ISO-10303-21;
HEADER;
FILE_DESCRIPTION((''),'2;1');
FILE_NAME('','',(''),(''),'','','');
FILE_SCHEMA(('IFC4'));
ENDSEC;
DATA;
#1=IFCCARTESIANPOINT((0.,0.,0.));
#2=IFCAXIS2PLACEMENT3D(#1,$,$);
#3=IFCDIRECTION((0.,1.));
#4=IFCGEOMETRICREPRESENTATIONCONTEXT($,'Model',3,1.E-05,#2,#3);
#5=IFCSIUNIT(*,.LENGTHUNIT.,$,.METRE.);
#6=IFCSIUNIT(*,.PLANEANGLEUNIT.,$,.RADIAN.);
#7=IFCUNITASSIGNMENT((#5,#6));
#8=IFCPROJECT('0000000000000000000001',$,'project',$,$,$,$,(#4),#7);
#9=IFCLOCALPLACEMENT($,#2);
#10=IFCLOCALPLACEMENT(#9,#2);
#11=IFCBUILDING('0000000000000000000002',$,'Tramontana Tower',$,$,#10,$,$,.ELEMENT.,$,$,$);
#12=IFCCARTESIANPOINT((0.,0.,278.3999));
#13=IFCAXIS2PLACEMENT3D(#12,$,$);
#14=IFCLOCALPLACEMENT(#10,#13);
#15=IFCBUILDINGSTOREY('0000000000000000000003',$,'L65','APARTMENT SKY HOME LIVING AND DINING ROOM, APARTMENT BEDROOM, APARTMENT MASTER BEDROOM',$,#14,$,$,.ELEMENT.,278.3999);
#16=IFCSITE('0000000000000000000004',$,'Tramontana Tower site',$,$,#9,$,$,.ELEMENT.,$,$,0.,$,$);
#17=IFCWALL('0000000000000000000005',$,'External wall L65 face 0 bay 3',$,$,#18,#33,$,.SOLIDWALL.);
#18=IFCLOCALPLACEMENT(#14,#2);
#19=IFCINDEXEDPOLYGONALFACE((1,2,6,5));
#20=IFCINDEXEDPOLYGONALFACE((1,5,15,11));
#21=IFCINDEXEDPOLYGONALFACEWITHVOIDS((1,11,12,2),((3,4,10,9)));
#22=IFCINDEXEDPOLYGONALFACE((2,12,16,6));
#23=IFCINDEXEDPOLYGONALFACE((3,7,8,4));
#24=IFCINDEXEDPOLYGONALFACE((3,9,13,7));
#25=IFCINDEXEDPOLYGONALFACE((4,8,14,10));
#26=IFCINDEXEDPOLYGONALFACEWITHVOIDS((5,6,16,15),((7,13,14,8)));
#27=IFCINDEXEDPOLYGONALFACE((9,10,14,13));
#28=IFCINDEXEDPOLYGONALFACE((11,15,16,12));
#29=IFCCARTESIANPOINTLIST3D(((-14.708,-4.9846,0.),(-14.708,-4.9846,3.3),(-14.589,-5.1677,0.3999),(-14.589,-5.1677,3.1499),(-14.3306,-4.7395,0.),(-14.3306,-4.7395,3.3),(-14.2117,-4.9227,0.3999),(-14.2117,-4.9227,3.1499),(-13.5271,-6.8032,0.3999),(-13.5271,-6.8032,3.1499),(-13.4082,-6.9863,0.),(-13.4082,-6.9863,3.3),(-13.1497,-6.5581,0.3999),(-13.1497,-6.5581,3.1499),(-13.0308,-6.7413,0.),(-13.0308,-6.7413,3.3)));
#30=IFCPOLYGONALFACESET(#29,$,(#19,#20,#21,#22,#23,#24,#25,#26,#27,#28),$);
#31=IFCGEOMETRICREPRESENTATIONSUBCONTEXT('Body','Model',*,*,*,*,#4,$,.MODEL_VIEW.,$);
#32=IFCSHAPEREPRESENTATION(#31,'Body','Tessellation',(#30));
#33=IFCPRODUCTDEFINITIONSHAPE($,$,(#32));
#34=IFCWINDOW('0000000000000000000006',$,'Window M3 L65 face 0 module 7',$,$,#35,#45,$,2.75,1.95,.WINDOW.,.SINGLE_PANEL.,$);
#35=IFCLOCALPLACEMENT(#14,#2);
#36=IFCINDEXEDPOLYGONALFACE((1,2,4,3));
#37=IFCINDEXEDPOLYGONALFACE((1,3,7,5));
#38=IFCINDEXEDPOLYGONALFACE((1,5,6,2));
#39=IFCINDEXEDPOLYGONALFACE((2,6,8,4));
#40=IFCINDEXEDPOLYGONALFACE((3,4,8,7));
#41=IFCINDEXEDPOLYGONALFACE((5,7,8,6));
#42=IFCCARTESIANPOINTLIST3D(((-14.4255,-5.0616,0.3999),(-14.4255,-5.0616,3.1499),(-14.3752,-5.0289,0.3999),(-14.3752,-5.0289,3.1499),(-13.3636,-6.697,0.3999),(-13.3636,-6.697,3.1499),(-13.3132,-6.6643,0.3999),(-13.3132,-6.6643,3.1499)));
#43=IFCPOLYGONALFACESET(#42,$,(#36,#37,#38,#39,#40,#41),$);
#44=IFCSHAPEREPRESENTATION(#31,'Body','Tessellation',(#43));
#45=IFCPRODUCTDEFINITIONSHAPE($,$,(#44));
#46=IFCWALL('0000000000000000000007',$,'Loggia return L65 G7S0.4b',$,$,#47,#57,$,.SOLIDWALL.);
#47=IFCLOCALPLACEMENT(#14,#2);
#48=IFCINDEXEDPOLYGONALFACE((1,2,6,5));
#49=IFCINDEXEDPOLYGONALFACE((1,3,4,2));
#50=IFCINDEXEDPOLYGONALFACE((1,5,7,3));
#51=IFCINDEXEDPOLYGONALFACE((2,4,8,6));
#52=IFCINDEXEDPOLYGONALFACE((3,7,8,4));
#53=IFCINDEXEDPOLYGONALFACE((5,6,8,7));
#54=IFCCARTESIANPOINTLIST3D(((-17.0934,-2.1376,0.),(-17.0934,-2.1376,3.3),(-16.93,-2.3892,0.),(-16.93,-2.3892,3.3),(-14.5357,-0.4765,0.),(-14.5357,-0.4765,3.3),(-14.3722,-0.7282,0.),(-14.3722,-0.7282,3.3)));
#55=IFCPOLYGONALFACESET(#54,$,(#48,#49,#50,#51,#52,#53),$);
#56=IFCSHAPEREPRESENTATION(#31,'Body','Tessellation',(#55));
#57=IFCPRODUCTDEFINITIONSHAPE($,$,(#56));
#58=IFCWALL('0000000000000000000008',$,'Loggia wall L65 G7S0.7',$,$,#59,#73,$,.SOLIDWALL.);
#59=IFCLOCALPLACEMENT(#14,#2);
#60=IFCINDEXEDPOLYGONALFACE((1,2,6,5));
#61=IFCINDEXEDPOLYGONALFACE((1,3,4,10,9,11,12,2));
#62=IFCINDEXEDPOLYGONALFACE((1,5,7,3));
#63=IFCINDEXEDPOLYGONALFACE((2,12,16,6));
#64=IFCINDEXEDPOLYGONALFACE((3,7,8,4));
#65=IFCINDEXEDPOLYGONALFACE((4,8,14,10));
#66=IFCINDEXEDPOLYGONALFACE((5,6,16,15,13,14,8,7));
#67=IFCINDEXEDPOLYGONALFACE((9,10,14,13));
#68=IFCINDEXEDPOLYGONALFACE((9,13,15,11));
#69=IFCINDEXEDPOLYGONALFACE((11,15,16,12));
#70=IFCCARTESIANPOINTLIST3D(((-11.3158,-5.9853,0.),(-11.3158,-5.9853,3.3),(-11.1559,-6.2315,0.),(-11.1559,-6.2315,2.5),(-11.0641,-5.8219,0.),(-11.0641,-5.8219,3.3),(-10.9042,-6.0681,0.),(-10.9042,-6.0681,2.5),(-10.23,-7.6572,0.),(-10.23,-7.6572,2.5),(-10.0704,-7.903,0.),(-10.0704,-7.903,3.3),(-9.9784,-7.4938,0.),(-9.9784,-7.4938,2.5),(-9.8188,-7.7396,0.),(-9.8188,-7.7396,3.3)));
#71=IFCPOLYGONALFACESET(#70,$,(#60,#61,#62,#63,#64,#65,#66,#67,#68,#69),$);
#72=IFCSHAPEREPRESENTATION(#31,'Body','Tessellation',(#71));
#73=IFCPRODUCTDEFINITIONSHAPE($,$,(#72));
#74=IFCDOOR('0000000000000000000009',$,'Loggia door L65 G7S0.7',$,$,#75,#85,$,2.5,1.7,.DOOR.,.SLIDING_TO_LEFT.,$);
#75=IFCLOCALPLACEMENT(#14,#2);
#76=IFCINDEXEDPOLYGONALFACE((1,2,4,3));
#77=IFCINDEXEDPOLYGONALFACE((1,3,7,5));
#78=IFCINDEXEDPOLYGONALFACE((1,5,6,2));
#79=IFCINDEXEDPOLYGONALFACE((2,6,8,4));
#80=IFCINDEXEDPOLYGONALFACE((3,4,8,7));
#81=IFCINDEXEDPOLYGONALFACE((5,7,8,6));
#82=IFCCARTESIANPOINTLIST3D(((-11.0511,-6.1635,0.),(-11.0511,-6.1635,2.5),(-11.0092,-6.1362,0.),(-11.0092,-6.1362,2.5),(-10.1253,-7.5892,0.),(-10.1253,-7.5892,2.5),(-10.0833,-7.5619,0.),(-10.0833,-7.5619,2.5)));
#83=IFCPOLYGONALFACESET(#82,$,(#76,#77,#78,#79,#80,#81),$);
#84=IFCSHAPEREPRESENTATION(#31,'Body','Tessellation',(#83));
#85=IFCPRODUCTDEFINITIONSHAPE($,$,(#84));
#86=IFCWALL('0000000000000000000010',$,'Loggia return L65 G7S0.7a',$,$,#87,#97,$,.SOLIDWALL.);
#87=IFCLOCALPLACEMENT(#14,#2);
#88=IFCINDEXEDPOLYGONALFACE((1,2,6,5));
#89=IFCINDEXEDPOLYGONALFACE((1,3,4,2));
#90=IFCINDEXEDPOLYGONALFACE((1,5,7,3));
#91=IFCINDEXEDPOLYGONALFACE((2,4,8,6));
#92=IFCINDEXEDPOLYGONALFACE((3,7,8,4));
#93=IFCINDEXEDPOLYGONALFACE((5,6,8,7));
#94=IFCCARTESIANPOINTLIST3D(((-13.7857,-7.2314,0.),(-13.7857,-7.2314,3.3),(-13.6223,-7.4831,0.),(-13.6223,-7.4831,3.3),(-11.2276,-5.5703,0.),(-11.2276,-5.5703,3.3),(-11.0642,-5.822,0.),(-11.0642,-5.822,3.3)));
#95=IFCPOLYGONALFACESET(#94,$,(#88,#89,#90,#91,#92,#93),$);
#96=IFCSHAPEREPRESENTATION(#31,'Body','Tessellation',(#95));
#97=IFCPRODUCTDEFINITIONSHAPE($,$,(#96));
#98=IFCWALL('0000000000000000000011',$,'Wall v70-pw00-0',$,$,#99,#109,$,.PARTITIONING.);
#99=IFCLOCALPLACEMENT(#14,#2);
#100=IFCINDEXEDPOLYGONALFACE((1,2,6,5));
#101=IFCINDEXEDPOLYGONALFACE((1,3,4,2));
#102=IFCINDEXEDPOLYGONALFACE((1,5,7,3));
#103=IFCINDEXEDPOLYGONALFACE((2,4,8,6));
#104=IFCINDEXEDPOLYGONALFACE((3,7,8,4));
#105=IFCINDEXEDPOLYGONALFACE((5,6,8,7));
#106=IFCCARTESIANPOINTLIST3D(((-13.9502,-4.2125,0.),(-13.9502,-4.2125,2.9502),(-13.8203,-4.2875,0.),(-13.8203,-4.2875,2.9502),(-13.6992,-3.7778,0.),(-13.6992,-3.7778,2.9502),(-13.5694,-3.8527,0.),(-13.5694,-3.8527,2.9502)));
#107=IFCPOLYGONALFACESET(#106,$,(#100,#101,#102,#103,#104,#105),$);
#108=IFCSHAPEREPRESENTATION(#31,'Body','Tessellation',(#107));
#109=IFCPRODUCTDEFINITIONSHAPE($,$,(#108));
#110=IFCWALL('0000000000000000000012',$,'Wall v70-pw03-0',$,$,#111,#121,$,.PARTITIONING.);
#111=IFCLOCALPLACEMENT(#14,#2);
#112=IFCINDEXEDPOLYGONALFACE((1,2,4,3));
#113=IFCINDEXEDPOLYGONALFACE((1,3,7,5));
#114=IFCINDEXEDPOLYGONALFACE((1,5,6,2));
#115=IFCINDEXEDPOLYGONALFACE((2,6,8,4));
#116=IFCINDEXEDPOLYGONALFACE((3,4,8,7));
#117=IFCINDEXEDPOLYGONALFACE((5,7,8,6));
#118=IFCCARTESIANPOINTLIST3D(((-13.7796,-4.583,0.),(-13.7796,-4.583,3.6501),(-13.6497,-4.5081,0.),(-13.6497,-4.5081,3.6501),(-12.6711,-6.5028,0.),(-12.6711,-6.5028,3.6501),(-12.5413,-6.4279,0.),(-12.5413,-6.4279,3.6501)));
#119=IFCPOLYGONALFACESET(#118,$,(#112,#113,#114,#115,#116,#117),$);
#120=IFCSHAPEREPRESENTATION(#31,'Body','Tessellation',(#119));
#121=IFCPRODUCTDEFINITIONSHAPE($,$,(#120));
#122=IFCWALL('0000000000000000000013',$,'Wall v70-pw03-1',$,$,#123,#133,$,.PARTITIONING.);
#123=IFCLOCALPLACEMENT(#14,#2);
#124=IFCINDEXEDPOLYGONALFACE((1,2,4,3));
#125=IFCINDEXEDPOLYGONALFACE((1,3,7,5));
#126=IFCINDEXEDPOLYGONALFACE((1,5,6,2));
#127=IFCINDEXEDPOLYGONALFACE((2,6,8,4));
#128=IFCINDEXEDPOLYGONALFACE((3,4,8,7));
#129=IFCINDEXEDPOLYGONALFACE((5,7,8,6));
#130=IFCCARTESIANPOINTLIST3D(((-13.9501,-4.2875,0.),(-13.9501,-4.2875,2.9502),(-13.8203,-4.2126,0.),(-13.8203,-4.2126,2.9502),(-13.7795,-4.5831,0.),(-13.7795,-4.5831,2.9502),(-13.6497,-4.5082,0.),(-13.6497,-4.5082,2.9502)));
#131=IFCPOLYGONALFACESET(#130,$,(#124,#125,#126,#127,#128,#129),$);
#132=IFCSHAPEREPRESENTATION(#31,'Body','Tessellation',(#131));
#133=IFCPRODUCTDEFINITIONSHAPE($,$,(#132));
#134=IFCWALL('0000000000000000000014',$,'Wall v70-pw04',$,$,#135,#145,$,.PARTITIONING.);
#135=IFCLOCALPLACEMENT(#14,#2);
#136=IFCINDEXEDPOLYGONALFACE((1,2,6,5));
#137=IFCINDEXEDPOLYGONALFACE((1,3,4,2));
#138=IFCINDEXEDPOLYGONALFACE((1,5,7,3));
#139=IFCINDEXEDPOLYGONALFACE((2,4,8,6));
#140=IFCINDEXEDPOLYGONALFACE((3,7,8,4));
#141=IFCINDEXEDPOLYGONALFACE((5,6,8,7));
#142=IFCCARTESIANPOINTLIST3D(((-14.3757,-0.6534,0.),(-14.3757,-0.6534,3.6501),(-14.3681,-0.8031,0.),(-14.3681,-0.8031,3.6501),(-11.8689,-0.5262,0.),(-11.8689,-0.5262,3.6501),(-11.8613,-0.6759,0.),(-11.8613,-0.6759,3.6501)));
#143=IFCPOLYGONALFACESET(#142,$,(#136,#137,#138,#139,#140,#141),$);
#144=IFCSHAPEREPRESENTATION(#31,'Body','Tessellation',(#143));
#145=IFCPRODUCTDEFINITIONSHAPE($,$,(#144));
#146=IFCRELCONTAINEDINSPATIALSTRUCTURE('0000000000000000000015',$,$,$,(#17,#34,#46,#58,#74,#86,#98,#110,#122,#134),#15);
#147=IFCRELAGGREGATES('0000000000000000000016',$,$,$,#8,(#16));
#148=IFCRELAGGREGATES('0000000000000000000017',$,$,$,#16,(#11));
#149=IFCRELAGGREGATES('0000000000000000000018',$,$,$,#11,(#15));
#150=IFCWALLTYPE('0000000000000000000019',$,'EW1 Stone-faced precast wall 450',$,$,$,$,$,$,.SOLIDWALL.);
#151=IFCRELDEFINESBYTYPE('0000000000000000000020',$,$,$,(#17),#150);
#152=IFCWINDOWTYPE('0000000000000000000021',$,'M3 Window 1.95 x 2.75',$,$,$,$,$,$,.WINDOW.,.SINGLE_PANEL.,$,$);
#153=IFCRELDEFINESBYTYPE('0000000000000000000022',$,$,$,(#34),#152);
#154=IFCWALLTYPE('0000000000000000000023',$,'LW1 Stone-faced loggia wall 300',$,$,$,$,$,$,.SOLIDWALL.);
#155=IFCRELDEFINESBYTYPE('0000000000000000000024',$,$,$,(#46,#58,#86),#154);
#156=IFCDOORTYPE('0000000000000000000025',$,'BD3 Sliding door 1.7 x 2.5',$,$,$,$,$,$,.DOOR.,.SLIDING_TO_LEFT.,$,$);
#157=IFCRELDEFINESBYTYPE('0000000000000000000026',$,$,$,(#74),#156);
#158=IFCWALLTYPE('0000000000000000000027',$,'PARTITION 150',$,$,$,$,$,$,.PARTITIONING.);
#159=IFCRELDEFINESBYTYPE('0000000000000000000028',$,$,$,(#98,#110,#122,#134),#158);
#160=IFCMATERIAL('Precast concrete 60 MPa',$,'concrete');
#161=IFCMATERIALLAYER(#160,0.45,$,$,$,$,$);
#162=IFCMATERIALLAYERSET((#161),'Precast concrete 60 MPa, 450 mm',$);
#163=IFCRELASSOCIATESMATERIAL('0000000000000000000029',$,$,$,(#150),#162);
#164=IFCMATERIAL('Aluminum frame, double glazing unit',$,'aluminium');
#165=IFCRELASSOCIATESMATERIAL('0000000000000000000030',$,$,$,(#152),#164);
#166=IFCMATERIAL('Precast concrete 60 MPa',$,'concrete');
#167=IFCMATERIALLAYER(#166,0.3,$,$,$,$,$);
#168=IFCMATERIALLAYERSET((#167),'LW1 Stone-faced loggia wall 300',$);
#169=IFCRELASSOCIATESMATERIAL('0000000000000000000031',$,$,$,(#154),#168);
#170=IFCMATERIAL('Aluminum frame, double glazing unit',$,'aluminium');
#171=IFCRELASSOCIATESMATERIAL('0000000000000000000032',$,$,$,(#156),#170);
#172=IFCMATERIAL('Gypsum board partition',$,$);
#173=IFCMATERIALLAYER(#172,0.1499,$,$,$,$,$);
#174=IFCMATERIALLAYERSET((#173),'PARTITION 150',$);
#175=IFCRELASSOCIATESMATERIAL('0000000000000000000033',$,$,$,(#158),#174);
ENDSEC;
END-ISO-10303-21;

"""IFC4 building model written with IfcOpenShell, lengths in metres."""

from ifc_helpers import new_model, si_unit, direction, frame, frame_2d, origin, place, context, subcontext, project, spatial, rectangle, extrude, material, layer, layer_set, type_object, element, fill, save


model = new_model("IFC4")

# Units and contexts
model_context = context("Model", 3, precision=1e-05, world=origin(), true_north=direction((0.0, 1.0)))
body_context = subcontext(model_context, "Body", "Model", "MODEL_VIEW")
ifc_project = project(units=[si_unit("LENGTHUNIT", "METRE"), si_unit("PLANEANGLEUNIT", "RADIAN")], contexts=[model_context])

# Site, building, storey
site_placement = place(None, origin())
site = spatial("IfcSite", under=ifc_project, at=site_placement, Name="Tramontana Tower site", CompositionType="ELEMENT", RefElevation=0.0)
building_placement = place(site_placement, origin())
building = spatial("IfcBuilding", under=site, at=building_placement, Name="Tramontana Tower", CompositionType="ELEMENT")
storey_placement = place(building_placement, frame((0.0, 0.0, 278.3999)))
storey = spatial("IfcBuildingStorey", under=building, at=storey_placement, Name="L65", Description="APARTMENT SKY HOME LIVING AND DINING ROOM, APARTMENT BEDROOM, APARTMENT MASTER BEDROOM", CompositionType="ELEMENT", Elevation=278.3999)

# Wall, opening, window
ifc_material_1 = material(Name="Precast concrete 60 MPa", Category="concrete")
ifc_layer_1 = layer(ifc_material_1, 0.45)
ifc_layer_set_1 = layer_set([ifc_layer_1], Name="Precast concrete 60 MPa, 450 mm")
wall_type_1 = type_object("IfcWallType", Name="EW1 Stone-faced precast wall 450", PredefinedType="SOLIDWALL", material=ifc_layer_set_1)
ifc_material_2 = material(Name="Aluminum frame, double glazing unit", Category="aluminium")
window_type = type_object("IfcWindowType", Name="M3 Window 1.95 x 2.75", PartitioningType="SINGLE_PANEL", PredefinedType="WINDOW", material=ifc_material_2)
wall_1_placement = place(storey_placement, frame((-14.5193, -4.8621, 0.0), z_axis=(0.0, 0.0, 1.0), x_axis=(0.544604, -0.838694, 0.0)))
wall_1 = element("IfcWall", 1, at=wall_1_placement, inside=storey, type_object=wall_type_1, Name="External wall L65 face 0 bay 3", PredefinedType="SOLIDWALL", context=body_context, shape_type="SweptSolid", body=[
    extrude(rectangle(XDim=2.3867, YDim=0.45, at=frame_2d((1.1934, 0.0))), origin(), (0.0, 0.0, 1.0), 3.3),
])
opening_1_placement = place(wall_1_placement, frame((0.2183, 0.0, 0.3999)))
opening_1 = element("IfcOpeningElement", 2, at=opening_1_placement, cuts=wall_1, PredefinedType="OPENING", context=body_context, shape_type="SweptSolid", body=[
    extrude(rectangle(XDim=1.95, YDim=2.75, at=frame_2d((0.9751, 1.375))), frame((0.0, 0.2349, 0.0), z_axis=(0.0, -1.0, 0.0), x_axis=(1.0, 0.0, 0.0)), (0.0, 0.0, 1.0), 0.47),
])
window_1_placement = place(opening_1_placement, origin())
window_1 = element("IfcWindow", 3, at=window_1_placement, inside=storey, type_object=window_type, Name="Window M3 L65 face 0 module 7", OverallHeight=2.75, OverallWidth=1.95, PartitioningType="SINGLE_PANEL", PredefinedType="WINDOW", context=body_context, shape_type="SweptSolid", body=[
    extrude(rectangle(XDim=1.95, YDim=2.75, at=frame_2d((0.9751, 1.375))), frame((0.0, 0.03, 0.0), z_axis=(0.0, -1.0, 0.0), x_axis=(1.0, 0.0, 0.0)), (0.0, 0.0, 1.0), 0.0601),
])
fill(opening_1, window_1)

# Wall
ifc_material_3 = material(Name="Precast concrete 60 MPa", Category="concrete")
ifc_layer_2 = layer(ifc_material_3, 0.3)
ifc_layer_set_2 = layer_set([ifc_layer_2], Name="LW1 Stone-faced loggia wall 300")
wall_type_2 = type_object("IfcWallType", Name="LW1 Stone-faced loggia wall 300", PredefinedType="SOLIDWALL", material=ifc_layer_set_2)
wall_2_placement = place(storey_placement, frame((-17.0117, -2.2634, 0.0), z_axis=(0.0, 0.0, 1.0), x_axis=(0.838665, 0.544648, 0.0)))
element("IfcWall", 4, at=wall_2_placement, inside=storey, type_object=wall_type_2, Name="Loggia return L65 G7S0.4b", PredefinedType="SOLIDWALL", context=body_context, shape_type="SweptSolid", body=[
    extrude(rectangle(XDim=3.0498, YDim=0.3, at=frame_2d((1.5249, 0.0))), origin(), (0.0, 0.0, 1.0), 3.3),
])

# Wall, opening, door
wall_3_placement = place(storey_placement, frame((-11.1899, -5.9036, 0.0), z_axis=(0.0, 0.0, 1.0), x_axis=(0.544632, -0.838675, 0.0)))
wall_3 = element("IfcWall", 5, at=wall_3_placement, inside=storey, type_object=wall_type_2, Name="Loggia wall L65 G7S0.7", PredefinedType="SOLIDWALL", context=body_context, shape_type="SweptSolid", body=[
    extrude(rectangle(XDim=2.2866, YDim=0.3, at=frame_2d((1.1433, 0.0))), origin(), (0.0, 0.0, 1.0), 3.3),
])
opening_2_placement = place(wall_3_placement, frame((0.2935, 0.0, 0.0)))
opening_2 = element("IfcOpeningElement", 6, at=opening_2_placement, cuts=wall_3, PredefinedType="OPENING", context=body_context, shape_type="SweptSolid", body=[
    extrude(rectangle(XDim=1.7, YDim=2.5, at=frame_2d((0.8501, 1.25))), frame((0.0, 0.1599, 0.0), z_axis=(0.0, -1.0, 0.0), x_axis=(1.0, 0.0, 0.0)), (0.0, 0.0, 1.0), 0.3201),
])
ifc_material_4 = material(Name="Aluminum frame, double glazing unit", Category="aluminium")
door_type_1 = type_object("IfcDoorType", Name="BD3 Sliding door 1.7 x 2.5", OperationType="SLIDING_TO_LEFT", PredefinedType="DOOR", material=ifc_material_4)
door_1_placement = place(opening_2_placement, origin())
door_1 = element("IfcDoor", 7, at=door_1_placement, inside=storey, type_object=door_type_1, Name="Loggia door L65 G7S0.7", OperationType="SLIDING_TO_LEFT", OverallHeight=2.5, OverallWidth=1.7, PredefinedType="DOOR", context=body_context, shape_type="SweptSolid", body=[
    extrude(rectangle(XDim=1.7, YDim=2.5, at=frame_2d((0.8501, 1.25))), frame((0.0, 0.0249, 0.0), z_axis=(0.0, -1.0, 0.0), x_axis=(1.0, 0.0, 0.0)), (0.0, 0.0, 1.0), 0.05),
])
fill(opening_2, door_1)

# Walls
wall_4_placement = place(storey_placement, frame((-13.7039, -7.3572, 0.0), z_axis=(0.0, 0.0, 1.0), x_axis=(0.838689, 0.544611, 0.0)))
element("IfcWall", 8, at=wall_4_placement, inside=storey, type_object=wall_type_2, Name="Loggia return L65 G7S0.7a", PredefinedType="SOLIDWALL", context=body_context, shape_type="SweptSolid", body=[
    extrude(rectangle(XDim=3.05, YDim=0.3, at=frame_2d((1.5249, 0.0))), origin(), (0.0, 0.0, 1.0), 3.3),
])
ifc_material_5 = material(Name="Gypsum board partition")
ifc_layer_3 = layer(ifc_material_5, 0.1499)
ifc_layer_set_3 = layer_set([ifc_layer_3], Name="PARTITION 150")
wall_type_3 = type_object("IfcWallType", Name="PARTITION 150", PredefinedType="PARTITIONING", material=ifc_layer_set_3)
wall_5_placement = place(storey_placement, frame((-13.8853, -4.25, 0.0), z_axis=(0.0, 0.0, 1.0), x_axis=(0.499905, 0.86608, 0.0)))
element("IfcWall", 9, at=wall_5_placement, inside=storey, type_object=wall_type_3, Name="Wall v70-pw00-0", PredefinedType="PARTITIONING", context=body_context, shape_type="SweptSolid", body=[
    extrude(rectangle(XDim=0.502, YDim=0.1499, at=frame_2d((0.251, 0.0))), origin(), (0.0, 0.0, 1.0), 2.9502),
])

# Walls
wall_6_placement = place(storey_placement, frame((-12.6062, -6.4653, 0.0), z_axis=(0.0, 0.0, 1.0), x_axis=(-0.500024, 0.866011, 0.0)))
element("IfcWall", 10, at=wall_6_placement, inside=storey, type_object=wall_type_3, Name="Wall v70-pw03-0", PredefinedType="PARTITIONING", context=body_context, shape_type="SweptSolid", body=[
    extrude(rectangle(XDim=2.2168, YDim=0.1499, at=frame_2d((1.1084, 0.0))), origin(), (0.0, 0.0, 1.0), 3.6501),
])
wall_7_placement = place(storey_placement, frame((-13.7146, -4.5457, 0.0), z_axis=(0.0, 0.0, 1.0), x_axis=(-0.499908, 0.866078, 0.0)))
element("IfcWall", 11, at=wall_7_placement, inside=storey, type_object=wall_type_3, Name="Wall v70-pw03-1", PredefinedType="PARTITIONING", context=body_context, shape_type="SweptSolid", body=[
    extrude(rectangle(XDim=0.3413, YDim=0.1499, at=frame_2d((0.1707, 0.0))), origin(), (0.0, 0.0, 1.0), 2.9502),
])
wall_8_placement = place(storey_placement, frame((-11.8652, -0.6011, 0.0), z_axis=(0.0, 0.0, 1.0), x_axis=(-0.998715, -0.050675, 0.0)))
element("IfcWall", 12, at=wall_8_placement, inside=storey, type_object=wall_type_3, Name="Wall v70-pw04", PredefinedType="PARTITIONING", context=body_context, shape_type="SweptSolid", body=[
    extrude(rectangle(XDim=2.51, YDim=0.1499, at=frame_2d((1.2549, 0.0))), origin(), (0.0, 0.0, 1.0), 3.6501),
])

save(model, "model.ifc")
